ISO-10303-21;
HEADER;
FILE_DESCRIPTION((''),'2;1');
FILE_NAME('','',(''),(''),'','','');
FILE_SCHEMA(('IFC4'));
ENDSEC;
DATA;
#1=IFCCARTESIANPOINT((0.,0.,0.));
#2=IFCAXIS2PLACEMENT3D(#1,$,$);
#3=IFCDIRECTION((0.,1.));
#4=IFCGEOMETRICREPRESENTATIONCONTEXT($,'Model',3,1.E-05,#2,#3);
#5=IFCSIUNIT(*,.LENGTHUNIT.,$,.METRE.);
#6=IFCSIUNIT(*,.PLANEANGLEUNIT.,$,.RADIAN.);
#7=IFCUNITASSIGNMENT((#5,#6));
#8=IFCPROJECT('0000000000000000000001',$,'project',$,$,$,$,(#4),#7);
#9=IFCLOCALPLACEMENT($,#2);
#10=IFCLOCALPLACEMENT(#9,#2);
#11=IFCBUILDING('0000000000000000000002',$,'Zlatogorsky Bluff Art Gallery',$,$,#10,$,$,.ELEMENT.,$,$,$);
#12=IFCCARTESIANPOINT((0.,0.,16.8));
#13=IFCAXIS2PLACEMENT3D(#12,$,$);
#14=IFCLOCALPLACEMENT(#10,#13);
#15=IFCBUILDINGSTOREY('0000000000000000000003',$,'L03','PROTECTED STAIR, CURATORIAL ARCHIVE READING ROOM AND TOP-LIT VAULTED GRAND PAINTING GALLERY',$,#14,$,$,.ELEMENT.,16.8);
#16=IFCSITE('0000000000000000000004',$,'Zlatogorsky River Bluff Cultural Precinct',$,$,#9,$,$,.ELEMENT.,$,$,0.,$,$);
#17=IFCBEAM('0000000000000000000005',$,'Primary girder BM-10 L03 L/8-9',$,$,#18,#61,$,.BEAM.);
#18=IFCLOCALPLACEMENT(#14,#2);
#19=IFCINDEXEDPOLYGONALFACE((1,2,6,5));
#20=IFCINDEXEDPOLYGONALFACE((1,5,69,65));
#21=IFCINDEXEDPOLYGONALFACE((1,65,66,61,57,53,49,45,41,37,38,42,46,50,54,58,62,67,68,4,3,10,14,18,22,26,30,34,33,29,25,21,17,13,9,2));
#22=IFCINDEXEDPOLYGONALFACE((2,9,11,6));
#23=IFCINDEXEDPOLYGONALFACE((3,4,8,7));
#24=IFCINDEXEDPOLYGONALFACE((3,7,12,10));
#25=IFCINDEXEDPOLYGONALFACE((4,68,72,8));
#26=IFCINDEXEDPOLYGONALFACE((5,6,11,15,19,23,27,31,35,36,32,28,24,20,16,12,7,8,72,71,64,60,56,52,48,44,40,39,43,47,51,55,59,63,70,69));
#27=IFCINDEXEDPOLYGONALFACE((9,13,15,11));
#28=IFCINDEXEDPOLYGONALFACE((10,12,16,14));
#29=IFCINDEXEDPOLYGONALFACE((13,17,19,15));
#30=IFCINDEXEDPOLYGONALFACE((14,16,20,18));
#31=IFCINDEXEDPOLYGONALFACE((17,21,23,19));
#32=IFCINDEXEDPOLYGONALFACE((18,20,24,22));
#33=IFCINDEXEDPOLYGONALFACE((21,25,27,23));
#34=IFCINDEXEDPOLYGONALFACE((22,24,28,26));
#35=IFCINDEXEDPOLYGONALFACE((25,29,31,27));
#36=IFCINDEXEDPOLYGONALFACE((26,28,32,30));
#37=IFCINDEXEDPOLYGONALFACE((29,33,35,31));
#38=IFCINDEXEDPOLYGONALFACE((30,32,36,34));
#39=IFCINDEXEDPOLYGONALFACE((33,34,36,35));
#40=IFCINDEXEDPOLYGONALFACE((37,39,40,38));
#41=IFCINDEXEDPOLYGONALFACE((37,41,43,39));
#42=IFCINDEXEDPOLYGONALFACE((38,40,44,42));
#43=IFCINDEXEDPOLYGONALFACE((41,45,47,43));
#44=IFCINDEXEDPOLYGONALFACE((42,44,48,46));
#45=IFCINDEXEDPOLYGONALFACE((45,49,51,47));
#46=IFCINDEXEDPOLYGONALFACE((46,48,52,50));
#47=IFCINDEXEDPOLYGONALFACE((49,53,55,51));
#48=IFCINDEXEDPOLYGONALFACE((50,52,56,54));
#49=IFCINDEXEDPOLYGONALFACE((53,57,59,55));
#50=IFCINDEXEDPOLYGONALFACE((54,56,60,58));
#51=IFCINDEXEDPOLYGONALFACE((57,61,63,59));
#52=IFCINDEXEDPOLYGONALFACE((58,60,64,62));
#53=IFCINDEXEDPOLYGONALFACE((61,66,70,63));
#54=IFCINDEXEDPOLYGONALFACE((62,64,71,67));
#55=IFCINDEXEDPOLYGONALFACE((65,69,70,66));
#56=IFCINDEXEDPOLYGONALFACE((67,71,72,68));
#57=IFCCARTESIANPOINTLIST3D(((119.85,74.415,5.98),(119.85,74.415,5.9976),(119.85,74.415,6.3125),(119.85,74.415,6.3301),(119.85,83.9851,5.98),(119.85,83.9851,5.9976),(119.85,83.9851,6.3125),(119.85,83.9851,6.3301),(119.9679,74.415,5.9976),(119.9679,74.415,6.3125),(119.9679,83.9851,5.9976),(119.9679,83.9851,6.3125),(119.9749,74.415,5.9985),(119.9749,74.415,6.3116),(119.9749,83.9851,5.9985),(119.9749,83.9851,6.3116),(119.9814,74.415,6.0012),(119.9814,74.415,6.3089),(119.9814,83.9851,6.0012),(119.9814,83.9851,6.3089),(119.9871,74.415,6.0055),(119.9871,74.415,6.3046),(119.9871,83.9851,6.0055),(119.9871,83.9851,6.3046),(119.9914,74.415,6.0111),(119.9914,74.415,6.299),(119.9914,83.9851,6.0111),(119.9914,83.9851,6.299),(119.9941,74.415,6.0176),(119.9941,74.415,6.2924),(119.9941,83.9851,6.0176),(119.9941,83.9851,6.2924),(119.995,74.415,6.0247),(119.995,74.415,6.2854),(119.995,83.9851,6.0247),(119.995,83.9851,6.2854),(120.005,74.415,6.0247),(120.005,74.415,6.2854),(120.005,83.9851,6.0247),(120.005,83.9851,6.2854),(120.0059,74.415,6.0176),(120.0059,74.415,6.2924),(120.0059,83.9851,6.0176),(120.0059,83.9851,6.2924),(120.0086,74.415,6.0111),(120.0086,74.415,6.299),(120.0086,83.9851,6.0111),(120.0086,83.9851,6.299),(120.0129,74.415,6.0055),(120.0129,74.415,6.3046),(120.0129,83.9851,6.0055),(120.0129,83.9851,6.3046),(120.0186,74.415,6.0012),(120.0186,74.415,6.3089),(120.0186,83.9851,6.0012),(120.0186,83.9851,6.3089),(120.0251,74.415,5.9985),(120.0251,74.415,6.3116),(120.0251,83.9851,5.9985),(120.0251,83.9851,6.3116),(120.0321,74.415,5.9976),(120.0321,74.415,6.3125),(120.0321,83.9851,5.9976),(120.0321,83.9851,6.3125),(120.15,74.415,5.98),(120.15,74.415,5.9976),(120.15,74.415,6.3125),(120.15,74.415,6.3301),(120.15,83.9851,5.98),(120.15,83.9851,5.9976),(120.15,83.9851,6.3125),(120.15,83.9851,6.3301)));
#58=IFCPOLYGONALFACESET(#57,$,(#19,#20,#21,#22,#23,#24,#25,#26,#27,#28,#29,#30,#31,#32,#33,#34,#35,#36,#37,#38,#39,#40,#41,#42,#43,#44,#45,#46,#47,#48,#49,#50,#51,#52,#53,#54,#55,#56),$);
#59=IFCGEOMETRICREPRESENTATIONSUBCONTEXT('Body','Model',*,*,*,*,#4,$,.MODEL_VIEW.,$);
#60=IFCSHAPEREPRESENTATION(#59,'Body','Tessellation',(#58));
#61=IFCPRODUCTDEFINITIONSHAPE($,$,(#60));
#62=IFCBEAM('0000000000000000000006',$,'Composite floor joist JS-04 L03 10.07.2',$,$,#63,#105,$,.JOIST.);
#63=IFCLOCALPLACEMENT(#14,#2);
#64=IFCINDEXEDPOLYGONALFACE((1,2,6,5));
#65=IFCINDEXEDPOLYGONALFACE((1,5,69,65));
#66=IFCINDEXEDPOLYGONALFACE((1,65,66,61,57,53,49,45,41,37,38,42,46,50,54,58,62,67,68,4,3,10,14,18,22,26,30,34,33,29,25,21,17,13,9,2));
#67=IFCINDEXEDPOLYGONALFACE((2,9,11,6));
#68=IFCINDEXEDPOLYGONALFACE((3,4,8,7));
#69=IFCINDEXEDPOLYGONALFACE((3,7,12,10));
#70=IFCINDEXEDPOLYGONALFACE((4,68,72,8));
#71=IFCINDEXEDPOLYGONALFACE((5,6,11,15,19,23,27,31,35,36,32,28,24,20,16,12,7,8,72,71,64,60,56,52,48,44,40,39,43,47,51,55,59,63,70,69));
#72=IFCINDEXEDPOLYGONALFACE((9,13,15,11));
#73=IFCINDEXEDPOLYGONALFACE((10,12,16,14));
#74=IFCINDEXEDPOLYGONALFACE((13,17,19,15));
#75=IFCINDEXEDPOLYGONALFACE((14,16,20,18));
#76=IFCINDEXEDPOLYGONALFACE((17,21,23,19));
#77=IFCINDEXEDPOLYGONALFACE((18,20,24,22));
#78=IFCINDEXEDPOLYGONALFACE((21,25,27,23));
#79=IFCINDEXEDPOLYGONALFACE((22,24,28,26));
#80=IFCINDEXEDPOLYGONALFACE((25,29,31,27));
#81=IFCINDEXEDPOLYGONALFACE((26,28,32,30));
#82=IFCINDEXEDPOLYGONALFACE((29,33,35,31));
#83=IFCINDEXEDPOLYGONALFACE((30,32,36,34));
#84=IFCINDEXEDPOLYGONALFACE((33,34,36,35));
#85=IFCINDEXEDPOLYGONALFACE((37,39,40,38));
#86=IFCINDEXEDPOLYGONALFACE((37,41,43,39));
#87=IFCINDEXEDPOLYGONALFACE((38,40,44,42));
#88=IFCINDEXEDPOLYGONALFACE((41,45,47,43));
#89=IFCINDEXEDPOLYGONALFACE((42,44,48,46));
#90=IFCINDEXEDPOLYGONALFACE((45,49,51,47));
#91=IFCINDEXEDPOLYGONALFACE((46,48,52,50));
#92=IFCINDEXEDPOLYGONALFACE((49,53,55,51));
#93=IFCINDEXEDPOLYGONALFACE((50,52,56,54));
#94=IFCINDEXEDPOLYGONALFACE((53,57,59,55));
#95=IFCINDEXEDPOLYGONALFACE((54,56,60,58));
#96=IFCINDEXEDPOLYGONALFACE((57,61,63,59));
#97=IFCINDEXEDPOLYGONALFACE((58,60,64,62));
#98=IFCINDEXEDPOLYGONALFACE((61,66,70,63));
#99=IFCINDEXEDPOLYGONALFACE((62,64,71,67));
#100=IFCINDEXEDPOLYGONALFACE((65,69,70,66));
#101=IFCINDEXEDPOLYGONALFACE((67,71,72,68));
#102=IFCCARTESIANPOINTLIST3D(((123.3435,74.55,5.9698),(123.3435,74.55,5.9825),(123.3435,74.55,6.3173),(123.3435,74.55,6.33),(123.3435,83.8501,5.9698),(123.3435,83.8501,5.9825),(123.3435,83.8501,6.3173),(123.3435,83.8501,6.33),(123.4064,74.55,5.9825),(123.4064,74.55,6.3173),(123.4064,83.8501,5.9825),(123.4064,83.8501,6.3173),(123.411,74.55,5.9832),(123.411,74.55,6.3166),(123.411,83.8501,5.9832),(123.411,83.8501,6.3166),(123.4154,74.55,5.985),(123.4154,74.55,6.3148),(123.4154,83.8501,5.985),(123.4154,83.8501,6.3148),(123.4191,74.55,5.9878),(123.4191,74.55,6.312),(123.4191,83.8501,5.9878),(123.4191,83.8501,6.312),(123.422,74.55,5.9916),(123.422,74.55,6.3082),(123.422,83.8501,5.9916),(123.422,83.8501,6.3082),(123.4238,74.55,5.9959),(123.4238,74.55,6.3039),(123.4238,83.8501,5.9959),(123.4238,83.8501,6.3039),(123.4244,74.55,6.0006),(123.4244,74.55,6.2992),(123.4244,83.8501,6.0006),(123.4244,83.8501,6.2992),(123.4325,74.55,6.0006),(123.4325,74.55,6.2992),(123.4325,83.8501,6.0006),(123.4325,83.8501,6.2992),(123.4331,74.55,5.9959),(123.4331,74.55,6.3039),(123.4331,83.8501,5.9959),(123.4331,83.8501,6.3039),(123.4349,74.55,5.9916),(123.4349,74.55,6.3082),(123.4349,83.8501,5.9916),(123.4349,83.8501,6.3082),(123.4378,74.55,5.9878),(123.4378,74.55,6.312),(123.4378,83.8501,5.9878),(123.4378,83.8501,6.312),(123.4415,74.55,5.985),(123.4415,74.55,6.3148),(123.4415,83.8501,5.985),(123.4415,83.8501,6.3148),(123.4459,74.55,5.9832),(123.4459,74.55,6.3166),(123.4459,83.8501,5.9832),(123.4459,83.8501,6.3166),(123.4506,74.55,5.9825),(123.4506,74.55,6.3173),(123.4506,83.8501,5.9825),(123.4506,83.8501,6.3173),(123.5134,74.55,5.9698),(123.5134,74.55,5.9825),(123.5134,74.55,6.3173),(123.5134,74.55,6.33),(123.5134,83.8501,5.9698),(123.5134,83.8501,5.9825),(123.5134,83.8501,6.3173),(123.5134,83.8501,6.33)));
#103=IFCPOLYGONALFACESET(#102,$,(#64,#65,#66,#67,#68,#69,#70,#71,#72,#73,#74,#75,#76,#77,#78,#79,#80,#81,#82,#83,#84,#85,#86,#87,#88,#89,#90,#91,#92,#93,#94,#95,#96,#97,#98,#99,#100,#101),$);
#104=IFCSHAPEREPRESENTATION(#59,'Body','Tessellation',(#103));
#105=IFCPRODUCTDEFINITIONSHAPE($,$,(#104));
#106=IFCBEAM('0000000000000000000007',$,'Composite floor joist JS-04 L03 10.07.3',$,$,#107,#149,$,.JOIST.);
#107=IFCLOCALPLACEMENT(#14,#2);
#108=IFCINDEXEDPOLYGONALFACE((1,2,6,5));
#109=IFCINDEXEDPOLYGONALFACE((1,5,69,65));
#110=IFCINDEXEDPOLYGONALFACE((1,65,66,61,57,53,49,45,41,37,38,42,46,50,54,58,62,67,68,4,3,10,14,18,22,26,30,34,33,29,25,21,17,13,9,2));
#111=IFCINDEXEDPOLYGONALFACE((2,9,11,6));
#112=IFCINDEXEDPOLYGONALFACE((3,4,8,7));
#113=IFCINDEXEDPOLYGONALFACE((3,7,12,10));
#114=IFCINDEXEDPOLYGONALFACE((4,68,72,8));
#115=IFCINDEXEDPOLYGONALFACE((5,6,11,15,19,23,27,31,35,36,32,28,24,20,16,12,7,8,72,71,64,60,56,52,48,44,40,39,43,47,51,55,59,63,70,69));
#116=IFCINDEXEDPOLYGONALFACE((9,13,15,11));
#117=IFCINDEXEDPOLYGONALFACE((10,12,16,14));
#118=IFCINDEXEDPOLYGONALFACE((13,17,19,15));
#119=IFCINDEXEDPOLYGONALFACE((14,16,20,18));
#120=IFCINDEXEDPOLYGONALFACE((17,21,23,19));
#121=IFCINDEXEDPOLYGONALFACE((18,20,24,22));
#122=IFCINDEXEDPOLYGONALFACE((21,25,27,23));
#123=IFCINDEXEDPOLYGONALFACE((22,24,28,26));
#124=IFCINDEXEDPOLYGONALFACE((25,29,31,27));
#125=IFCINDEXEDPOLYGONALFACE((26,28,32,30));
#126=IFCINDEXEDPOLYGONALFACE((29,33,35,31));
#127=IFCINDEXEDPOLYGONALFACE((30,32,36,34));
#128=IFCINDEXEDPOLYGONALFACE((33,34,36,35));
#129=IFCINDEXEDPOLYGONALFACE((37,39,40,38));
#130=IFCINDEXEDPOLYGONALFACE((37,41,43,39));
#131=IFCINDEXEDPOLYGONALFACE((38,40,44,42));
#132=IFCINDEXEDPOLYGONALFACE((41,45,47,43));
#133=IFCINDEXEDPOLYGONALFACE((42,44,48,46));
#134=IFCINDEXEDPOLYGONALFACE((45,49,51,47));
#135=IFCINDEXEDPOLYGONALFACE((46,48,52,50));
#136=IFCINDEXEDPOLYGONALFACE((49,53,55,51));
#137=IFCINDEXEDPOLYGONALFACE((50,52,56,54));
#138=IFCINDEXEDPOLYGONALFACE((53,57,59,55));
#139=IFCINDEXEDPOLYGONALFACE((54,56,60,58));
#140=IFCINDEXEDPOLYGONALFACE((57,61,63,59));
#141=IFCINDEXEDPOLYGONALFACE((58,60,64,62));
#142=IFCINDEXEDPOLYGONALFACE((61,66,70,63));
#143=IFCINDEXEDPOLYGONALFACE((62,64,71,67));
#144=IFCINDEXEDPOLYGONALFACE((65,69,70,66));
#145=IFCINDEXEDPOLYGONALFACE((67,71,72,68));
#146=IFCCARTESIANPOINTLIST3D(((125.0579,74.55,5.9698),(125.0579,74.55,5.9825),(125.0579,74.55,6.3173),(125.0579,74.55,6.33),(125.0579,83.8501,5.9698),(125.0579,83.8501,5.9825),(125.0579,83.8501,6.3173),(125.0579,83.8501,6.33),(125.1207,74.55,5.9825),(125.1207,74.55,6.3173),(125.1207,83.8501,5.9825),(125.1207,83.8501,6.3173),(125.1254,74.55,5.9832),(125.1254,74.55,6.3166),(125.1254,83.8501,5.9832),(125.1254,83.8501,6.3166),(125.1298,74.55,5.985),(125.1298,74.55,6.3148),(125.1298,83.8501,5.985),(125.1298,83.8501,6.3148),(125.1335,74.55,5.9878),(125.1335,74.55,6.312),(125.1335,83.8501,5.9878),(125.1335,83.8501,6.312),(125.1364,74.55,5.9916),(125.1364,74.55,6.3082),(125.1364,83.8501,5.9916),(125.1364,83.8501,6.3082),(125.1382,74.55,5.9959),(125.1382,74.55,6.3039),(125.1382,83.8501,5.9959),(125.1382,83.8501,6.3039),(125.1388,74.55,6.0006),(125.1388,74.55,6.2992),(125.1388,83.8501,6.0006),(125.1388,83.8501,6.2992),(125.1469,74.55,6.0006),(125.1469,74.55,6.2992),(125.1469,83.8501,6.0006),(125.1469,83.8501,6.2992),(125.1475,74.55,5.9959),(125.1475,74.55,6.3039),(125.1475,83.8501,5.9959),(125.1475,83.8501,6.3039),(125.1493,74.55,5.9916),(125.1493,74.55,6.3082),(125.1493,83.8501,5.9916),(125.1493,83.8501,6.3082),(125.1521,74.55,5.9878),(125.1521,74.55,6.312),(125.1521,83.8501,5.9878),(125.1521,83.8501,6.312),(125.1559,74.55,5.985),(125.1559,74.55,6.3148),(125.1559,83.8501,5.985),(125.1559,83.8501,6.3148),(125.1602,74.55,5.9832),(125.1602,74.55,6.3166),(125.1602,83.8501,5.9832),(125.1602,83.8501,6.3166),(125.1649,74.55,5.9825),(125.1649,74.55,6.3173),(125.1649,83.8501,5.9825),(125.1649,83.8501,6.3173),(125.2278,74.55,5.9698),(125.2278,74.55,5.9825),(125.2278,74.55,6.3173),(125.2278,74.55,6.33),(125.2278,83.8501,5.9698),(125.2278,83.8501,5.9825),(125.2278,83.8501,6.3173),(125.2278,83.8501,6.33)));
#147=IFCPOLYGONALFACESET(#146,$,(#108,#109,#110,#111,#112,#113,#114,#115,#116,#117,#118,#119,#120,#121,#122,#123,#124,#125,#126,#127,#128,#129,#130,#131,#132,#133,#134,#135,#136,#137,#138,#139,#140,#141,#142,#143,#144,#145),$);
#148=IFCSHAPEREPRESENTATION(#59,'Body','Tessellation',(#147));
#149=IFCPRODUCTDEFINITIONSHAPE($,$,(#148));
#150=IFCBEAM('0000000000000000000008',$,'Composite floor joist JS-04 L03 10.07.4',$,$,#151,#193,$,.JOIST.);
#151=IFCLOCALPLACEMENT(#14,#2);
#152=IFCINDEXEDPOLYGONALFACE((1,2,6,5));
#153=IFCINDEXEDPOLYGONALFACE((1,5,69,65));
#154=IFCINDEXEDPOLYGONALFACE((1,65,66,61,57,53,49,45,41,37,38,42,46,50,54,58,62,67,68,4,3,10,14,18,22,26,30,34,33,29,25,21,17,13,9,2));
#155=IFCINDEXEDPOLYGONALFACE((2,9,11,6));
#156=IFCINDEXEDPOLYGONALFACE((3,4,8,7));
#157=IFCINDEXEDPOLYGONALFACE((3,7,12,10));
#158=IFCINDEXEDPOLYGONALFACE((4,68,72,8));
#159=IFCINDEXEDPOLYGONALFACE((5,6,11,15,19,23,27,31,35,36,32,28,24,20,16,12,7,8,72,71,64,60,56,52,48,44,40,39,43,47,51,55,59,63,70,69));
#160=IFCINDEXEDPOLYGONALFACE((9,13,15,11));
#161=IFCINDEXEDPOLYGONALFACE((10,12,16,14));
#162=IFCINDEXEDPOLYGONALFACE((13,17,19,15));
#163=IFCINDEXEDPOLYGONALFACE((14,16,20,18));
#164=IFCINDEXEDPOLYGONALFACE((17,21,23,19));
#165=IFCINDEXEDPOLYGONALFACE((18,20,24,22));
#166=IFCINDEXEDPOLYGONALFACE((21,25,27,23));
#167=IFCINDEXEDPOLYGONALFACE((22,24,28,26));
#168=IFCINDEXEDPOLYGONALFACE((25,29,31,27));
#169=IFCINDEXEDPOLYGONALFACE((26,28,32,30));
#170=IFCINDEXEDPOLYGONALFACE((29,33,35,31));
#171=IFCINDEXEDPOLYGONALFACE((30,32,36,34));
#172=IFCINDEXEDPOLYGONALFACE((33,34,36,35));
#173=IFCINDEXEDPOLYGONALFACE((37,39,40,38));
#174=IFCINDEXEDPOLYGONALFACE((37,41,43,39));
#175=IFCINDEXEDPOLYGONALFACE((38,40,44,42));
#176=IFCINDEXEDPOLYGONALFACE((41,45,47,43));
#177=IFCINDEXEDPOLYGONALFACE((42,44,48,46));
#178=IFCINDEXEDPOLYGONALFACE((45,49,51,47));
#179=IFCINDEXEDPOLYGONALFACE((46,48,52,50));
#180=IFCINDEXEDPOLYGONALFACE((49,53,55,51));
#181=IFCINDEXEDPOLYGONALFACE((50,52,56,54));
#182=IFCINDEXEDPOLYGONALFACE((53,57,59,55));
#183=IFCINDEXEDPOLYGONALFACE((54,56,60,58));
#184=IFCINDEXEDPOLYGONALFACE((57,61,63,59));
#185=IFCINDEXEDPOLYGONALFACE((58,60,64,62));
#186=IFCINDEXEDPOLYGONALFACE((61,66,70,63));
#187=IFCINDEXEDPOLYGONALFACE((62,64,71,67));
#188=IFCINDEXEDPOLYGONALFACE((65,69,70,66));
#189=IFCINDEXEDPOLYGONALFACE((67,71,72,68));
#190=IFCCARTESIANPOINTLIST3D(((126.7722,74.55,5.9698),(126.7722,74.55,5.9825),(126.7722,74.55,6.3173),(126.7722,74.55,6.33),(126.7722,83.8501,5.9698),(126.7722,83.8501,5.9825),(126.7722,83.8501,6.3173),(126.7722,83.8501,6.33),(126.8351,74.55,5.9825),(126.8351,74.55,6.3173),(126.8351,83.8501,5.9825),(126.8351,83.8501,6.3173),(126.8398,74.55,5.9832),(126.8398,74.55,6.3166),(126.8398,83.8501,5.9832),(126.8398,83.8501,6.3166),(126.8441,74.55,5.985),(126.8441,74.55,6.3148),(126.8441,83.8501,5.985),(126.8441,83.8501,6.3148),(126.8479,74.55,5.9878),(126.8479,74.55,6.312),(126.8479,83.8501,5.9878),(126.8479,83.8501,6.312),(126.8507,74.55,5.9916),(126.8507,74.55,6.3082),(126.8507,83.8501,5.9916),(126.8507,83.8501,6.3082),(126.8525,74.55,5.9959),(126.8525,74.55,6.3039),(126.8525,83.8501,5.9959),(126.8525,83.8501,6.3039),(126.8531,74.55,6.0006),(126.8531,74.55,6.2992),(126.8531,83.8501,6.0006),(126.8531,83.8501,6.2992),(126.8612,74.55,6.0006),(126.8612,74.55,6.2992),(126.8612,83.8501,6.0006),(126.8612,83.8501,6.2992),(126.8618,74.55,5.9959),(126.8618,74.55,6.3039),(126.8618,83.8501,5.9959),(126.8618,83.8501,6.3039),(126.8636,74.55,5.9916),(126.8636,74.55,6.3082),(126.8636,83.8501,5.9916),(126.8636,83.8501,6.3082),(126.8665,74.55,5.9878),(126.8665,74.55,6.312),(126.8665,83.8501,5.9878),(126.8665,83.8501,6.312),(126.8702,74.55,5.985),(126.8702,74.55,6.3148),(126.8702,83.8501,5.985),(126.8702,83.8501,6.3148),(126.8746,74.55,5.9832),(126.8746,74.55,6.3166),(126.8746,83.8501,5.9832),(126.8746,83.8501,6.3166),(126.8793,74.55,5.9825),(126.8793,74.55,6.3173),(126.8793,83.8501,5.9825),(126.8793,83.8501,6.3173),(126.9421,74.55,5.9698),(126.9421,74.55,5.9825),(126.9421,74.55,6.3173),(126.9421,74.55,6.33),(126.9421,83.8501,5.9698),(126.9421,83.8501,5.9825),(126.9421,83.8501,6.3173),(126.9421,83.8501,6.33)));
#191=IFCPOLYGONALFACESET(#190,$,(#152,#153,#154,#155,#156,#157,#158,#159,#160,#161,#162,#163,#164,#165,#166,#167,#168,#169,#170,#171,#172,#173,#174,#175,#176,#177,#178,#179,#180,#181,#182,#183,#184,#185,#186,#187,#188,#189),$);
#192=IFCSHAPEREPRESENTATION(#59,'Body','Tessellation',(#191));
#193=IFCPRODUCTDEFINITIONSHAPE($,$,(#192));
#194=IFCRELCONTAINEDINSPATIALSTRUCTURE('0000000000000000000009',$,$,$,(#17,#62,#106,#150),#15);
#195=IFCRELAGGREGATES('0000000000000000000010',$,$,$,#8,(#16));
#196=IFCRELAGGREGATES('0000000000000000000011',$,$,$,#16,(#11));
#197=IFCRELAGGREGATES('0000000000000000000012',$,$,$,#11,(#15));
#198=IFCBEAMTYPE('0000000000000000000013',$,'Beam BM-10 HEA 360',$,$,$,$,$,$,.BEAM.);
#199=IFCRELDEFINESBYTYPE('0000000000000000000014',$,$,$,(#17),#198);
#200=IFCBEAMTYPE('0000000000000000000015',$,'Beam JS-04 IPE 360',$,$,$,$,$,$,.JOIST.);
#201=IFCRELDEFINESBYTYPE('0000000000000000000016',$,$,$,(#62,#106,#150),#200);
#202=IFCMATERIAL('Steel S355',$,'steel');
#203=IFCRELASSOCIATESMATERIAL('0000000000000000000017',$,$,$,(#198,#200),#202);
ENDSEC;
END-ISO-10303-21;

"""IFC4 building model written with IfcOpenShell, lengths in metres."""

from ifc_helpers import new_model, si_unit, direction, frame, origin, origin_2d, place, context, subcontext, project, spatial, i_section, extrude, material, material_profile, profile_set, type_object, element, save


model = new_model("IFC4")

# Units and contexts
model_context = context("Model", 3, precision=1e-05, world=origin(), true_north=direction((0.0, 1.0)))
body_context = subcontext(model_context, "Body", "Model", "MODEL_VIEW")
ifc_project = project(units=[si_unit("LENGTHUNIT", "METRE"), si_unit("PLANEANGLEUNIT", "RADIAN")], contexts=[model_context])

# Site, building, storey
site_placement = place(None, origin())
site = spatial("IfcSite", under=ifc_project, at=site_placement, Name="Zlatogorsky River Bluff Cultural Precinct", CompositionType="ELEMENT", RefElevation=0.0)
building_placement = place(site_placement, origin())
building = spatial("IfcBuilding", under=site, at=building_placement, Name="Zlatogorsky Bluff Art Gallery", CompositionType="ELEMENT")
storey_placement = place(building_placement, frame((0.0, 0.0, 16.8)))
storey = spatial("IfcBuildingStorey", under=building, at=storey_placement, Name="L03", Description="PROTECTED STAIR, CURATORIAL ARCHIVE READING ROOM AND TOP-LIT VAULTED GRAND PAINTING GALLERY", CompositionType="ELEMENT", Elevation=16.8)

# Shared definitions
ifc_material_1 = material(Name="Steel S355", Category="steel")

# Beams
ifc_material_profile_1 = material_profile(ifc_material_1, i_section(OverallWidth=0.3, OverallDepth=0.3501, WebThickness=0.01, FlangeThickness=0.0176, FilletRadius=0.0271, at=origin_2d()), Name="HEA 360")
ifc_profile_set_1 = profile_set([ifc_material_profile_1], Name="Steel S355")
beam_type_1 = type_object("IfcBeamType", Name="Beam BM-10 HEA 360", PredefinedType="BEAM", material=ifc_profile_set_1)
beam_1_placement = place(storey_placement, frame((120.0, 74.415, 6.155), z_axis=(0.0, 1.0, 0.0), x_axis=(-1.0, 0.0, 0.0)))
element("IfcBeam", 1, at=beam_1_placement, inside=storey, type_object=beam_type_1, Name="Primary girder BM-10 L03 L/8-9", PredefinedType="BEAM", context=body_context, shape_type="SweptSolid", body=[
    extrude(i_section(OverallWidth=0.3, OverallDepth=0.3501, WebThickness=0.01, FlangeThickness=0.0176, FilletRadius=0.0271, at=origin_2d()), origin(), (0.0, 0.0, 1.0), 9.5701),
])
ifc_material_profile_2 = material_profile(ifc_material_1, i_section(OverallWidth=0.1699, OverallDepth=0.3601, WebThickness=0.0081, FlangeThickness=0.0127, FilletRadius=0.0181, at=origin_2d()), Name="IPE 360")
ifc_profile_set_2 = profile_set([ifc_material_profile_2], Name="Steel S355")
beam_type_2 = type_object("IfcBeamType", Name="Beam JS-04 IPE 360", PredefinedType="JOIST", material=ifc_profile_set_2)
for number, where, z_axis, x_axis, name in (
    (2, (123.4285, 74.55, 6.1499), (0.0, 1.0, 0.0), (-1.0, 0.0, 0.0), "Composite floor joist JS-04 L03 10.07.2"),
    (3, (125.1428, 74.55, 6.1499), (0.0, 1.0, 0.0), (-1.0, 0.0, 0.0), "Composite floor joist JS-04 L03 10.07.3"),
    (4, (126.8572, 74.55, 6.1499), (0.0, 1.0, 0.0), (-1.0, 0.0, 0.0), "Composite floor joist JS-04 L03 10.07.4"),
):
    element("IfcBeam", number, at=place(storey_placement, frame(where, z_axis=z_axis, x_axis=x_axis)), inside=storey, type_object=beam_type_2, Name=name, PredefinedType="JOIST", context=body_context, shape_type="SweptSolid", body=[
        extrude(i_section(OverallWidth=0.1699, OverallDepth=0.3601, WebThickness=0.0081, FlangeThickness=0.0127, FilletRadius=0.0181, at=origin_2d()), origin(), (0.0, 0.0, 1.0), 9.3),
    ])

save(model, "model.ifc")
